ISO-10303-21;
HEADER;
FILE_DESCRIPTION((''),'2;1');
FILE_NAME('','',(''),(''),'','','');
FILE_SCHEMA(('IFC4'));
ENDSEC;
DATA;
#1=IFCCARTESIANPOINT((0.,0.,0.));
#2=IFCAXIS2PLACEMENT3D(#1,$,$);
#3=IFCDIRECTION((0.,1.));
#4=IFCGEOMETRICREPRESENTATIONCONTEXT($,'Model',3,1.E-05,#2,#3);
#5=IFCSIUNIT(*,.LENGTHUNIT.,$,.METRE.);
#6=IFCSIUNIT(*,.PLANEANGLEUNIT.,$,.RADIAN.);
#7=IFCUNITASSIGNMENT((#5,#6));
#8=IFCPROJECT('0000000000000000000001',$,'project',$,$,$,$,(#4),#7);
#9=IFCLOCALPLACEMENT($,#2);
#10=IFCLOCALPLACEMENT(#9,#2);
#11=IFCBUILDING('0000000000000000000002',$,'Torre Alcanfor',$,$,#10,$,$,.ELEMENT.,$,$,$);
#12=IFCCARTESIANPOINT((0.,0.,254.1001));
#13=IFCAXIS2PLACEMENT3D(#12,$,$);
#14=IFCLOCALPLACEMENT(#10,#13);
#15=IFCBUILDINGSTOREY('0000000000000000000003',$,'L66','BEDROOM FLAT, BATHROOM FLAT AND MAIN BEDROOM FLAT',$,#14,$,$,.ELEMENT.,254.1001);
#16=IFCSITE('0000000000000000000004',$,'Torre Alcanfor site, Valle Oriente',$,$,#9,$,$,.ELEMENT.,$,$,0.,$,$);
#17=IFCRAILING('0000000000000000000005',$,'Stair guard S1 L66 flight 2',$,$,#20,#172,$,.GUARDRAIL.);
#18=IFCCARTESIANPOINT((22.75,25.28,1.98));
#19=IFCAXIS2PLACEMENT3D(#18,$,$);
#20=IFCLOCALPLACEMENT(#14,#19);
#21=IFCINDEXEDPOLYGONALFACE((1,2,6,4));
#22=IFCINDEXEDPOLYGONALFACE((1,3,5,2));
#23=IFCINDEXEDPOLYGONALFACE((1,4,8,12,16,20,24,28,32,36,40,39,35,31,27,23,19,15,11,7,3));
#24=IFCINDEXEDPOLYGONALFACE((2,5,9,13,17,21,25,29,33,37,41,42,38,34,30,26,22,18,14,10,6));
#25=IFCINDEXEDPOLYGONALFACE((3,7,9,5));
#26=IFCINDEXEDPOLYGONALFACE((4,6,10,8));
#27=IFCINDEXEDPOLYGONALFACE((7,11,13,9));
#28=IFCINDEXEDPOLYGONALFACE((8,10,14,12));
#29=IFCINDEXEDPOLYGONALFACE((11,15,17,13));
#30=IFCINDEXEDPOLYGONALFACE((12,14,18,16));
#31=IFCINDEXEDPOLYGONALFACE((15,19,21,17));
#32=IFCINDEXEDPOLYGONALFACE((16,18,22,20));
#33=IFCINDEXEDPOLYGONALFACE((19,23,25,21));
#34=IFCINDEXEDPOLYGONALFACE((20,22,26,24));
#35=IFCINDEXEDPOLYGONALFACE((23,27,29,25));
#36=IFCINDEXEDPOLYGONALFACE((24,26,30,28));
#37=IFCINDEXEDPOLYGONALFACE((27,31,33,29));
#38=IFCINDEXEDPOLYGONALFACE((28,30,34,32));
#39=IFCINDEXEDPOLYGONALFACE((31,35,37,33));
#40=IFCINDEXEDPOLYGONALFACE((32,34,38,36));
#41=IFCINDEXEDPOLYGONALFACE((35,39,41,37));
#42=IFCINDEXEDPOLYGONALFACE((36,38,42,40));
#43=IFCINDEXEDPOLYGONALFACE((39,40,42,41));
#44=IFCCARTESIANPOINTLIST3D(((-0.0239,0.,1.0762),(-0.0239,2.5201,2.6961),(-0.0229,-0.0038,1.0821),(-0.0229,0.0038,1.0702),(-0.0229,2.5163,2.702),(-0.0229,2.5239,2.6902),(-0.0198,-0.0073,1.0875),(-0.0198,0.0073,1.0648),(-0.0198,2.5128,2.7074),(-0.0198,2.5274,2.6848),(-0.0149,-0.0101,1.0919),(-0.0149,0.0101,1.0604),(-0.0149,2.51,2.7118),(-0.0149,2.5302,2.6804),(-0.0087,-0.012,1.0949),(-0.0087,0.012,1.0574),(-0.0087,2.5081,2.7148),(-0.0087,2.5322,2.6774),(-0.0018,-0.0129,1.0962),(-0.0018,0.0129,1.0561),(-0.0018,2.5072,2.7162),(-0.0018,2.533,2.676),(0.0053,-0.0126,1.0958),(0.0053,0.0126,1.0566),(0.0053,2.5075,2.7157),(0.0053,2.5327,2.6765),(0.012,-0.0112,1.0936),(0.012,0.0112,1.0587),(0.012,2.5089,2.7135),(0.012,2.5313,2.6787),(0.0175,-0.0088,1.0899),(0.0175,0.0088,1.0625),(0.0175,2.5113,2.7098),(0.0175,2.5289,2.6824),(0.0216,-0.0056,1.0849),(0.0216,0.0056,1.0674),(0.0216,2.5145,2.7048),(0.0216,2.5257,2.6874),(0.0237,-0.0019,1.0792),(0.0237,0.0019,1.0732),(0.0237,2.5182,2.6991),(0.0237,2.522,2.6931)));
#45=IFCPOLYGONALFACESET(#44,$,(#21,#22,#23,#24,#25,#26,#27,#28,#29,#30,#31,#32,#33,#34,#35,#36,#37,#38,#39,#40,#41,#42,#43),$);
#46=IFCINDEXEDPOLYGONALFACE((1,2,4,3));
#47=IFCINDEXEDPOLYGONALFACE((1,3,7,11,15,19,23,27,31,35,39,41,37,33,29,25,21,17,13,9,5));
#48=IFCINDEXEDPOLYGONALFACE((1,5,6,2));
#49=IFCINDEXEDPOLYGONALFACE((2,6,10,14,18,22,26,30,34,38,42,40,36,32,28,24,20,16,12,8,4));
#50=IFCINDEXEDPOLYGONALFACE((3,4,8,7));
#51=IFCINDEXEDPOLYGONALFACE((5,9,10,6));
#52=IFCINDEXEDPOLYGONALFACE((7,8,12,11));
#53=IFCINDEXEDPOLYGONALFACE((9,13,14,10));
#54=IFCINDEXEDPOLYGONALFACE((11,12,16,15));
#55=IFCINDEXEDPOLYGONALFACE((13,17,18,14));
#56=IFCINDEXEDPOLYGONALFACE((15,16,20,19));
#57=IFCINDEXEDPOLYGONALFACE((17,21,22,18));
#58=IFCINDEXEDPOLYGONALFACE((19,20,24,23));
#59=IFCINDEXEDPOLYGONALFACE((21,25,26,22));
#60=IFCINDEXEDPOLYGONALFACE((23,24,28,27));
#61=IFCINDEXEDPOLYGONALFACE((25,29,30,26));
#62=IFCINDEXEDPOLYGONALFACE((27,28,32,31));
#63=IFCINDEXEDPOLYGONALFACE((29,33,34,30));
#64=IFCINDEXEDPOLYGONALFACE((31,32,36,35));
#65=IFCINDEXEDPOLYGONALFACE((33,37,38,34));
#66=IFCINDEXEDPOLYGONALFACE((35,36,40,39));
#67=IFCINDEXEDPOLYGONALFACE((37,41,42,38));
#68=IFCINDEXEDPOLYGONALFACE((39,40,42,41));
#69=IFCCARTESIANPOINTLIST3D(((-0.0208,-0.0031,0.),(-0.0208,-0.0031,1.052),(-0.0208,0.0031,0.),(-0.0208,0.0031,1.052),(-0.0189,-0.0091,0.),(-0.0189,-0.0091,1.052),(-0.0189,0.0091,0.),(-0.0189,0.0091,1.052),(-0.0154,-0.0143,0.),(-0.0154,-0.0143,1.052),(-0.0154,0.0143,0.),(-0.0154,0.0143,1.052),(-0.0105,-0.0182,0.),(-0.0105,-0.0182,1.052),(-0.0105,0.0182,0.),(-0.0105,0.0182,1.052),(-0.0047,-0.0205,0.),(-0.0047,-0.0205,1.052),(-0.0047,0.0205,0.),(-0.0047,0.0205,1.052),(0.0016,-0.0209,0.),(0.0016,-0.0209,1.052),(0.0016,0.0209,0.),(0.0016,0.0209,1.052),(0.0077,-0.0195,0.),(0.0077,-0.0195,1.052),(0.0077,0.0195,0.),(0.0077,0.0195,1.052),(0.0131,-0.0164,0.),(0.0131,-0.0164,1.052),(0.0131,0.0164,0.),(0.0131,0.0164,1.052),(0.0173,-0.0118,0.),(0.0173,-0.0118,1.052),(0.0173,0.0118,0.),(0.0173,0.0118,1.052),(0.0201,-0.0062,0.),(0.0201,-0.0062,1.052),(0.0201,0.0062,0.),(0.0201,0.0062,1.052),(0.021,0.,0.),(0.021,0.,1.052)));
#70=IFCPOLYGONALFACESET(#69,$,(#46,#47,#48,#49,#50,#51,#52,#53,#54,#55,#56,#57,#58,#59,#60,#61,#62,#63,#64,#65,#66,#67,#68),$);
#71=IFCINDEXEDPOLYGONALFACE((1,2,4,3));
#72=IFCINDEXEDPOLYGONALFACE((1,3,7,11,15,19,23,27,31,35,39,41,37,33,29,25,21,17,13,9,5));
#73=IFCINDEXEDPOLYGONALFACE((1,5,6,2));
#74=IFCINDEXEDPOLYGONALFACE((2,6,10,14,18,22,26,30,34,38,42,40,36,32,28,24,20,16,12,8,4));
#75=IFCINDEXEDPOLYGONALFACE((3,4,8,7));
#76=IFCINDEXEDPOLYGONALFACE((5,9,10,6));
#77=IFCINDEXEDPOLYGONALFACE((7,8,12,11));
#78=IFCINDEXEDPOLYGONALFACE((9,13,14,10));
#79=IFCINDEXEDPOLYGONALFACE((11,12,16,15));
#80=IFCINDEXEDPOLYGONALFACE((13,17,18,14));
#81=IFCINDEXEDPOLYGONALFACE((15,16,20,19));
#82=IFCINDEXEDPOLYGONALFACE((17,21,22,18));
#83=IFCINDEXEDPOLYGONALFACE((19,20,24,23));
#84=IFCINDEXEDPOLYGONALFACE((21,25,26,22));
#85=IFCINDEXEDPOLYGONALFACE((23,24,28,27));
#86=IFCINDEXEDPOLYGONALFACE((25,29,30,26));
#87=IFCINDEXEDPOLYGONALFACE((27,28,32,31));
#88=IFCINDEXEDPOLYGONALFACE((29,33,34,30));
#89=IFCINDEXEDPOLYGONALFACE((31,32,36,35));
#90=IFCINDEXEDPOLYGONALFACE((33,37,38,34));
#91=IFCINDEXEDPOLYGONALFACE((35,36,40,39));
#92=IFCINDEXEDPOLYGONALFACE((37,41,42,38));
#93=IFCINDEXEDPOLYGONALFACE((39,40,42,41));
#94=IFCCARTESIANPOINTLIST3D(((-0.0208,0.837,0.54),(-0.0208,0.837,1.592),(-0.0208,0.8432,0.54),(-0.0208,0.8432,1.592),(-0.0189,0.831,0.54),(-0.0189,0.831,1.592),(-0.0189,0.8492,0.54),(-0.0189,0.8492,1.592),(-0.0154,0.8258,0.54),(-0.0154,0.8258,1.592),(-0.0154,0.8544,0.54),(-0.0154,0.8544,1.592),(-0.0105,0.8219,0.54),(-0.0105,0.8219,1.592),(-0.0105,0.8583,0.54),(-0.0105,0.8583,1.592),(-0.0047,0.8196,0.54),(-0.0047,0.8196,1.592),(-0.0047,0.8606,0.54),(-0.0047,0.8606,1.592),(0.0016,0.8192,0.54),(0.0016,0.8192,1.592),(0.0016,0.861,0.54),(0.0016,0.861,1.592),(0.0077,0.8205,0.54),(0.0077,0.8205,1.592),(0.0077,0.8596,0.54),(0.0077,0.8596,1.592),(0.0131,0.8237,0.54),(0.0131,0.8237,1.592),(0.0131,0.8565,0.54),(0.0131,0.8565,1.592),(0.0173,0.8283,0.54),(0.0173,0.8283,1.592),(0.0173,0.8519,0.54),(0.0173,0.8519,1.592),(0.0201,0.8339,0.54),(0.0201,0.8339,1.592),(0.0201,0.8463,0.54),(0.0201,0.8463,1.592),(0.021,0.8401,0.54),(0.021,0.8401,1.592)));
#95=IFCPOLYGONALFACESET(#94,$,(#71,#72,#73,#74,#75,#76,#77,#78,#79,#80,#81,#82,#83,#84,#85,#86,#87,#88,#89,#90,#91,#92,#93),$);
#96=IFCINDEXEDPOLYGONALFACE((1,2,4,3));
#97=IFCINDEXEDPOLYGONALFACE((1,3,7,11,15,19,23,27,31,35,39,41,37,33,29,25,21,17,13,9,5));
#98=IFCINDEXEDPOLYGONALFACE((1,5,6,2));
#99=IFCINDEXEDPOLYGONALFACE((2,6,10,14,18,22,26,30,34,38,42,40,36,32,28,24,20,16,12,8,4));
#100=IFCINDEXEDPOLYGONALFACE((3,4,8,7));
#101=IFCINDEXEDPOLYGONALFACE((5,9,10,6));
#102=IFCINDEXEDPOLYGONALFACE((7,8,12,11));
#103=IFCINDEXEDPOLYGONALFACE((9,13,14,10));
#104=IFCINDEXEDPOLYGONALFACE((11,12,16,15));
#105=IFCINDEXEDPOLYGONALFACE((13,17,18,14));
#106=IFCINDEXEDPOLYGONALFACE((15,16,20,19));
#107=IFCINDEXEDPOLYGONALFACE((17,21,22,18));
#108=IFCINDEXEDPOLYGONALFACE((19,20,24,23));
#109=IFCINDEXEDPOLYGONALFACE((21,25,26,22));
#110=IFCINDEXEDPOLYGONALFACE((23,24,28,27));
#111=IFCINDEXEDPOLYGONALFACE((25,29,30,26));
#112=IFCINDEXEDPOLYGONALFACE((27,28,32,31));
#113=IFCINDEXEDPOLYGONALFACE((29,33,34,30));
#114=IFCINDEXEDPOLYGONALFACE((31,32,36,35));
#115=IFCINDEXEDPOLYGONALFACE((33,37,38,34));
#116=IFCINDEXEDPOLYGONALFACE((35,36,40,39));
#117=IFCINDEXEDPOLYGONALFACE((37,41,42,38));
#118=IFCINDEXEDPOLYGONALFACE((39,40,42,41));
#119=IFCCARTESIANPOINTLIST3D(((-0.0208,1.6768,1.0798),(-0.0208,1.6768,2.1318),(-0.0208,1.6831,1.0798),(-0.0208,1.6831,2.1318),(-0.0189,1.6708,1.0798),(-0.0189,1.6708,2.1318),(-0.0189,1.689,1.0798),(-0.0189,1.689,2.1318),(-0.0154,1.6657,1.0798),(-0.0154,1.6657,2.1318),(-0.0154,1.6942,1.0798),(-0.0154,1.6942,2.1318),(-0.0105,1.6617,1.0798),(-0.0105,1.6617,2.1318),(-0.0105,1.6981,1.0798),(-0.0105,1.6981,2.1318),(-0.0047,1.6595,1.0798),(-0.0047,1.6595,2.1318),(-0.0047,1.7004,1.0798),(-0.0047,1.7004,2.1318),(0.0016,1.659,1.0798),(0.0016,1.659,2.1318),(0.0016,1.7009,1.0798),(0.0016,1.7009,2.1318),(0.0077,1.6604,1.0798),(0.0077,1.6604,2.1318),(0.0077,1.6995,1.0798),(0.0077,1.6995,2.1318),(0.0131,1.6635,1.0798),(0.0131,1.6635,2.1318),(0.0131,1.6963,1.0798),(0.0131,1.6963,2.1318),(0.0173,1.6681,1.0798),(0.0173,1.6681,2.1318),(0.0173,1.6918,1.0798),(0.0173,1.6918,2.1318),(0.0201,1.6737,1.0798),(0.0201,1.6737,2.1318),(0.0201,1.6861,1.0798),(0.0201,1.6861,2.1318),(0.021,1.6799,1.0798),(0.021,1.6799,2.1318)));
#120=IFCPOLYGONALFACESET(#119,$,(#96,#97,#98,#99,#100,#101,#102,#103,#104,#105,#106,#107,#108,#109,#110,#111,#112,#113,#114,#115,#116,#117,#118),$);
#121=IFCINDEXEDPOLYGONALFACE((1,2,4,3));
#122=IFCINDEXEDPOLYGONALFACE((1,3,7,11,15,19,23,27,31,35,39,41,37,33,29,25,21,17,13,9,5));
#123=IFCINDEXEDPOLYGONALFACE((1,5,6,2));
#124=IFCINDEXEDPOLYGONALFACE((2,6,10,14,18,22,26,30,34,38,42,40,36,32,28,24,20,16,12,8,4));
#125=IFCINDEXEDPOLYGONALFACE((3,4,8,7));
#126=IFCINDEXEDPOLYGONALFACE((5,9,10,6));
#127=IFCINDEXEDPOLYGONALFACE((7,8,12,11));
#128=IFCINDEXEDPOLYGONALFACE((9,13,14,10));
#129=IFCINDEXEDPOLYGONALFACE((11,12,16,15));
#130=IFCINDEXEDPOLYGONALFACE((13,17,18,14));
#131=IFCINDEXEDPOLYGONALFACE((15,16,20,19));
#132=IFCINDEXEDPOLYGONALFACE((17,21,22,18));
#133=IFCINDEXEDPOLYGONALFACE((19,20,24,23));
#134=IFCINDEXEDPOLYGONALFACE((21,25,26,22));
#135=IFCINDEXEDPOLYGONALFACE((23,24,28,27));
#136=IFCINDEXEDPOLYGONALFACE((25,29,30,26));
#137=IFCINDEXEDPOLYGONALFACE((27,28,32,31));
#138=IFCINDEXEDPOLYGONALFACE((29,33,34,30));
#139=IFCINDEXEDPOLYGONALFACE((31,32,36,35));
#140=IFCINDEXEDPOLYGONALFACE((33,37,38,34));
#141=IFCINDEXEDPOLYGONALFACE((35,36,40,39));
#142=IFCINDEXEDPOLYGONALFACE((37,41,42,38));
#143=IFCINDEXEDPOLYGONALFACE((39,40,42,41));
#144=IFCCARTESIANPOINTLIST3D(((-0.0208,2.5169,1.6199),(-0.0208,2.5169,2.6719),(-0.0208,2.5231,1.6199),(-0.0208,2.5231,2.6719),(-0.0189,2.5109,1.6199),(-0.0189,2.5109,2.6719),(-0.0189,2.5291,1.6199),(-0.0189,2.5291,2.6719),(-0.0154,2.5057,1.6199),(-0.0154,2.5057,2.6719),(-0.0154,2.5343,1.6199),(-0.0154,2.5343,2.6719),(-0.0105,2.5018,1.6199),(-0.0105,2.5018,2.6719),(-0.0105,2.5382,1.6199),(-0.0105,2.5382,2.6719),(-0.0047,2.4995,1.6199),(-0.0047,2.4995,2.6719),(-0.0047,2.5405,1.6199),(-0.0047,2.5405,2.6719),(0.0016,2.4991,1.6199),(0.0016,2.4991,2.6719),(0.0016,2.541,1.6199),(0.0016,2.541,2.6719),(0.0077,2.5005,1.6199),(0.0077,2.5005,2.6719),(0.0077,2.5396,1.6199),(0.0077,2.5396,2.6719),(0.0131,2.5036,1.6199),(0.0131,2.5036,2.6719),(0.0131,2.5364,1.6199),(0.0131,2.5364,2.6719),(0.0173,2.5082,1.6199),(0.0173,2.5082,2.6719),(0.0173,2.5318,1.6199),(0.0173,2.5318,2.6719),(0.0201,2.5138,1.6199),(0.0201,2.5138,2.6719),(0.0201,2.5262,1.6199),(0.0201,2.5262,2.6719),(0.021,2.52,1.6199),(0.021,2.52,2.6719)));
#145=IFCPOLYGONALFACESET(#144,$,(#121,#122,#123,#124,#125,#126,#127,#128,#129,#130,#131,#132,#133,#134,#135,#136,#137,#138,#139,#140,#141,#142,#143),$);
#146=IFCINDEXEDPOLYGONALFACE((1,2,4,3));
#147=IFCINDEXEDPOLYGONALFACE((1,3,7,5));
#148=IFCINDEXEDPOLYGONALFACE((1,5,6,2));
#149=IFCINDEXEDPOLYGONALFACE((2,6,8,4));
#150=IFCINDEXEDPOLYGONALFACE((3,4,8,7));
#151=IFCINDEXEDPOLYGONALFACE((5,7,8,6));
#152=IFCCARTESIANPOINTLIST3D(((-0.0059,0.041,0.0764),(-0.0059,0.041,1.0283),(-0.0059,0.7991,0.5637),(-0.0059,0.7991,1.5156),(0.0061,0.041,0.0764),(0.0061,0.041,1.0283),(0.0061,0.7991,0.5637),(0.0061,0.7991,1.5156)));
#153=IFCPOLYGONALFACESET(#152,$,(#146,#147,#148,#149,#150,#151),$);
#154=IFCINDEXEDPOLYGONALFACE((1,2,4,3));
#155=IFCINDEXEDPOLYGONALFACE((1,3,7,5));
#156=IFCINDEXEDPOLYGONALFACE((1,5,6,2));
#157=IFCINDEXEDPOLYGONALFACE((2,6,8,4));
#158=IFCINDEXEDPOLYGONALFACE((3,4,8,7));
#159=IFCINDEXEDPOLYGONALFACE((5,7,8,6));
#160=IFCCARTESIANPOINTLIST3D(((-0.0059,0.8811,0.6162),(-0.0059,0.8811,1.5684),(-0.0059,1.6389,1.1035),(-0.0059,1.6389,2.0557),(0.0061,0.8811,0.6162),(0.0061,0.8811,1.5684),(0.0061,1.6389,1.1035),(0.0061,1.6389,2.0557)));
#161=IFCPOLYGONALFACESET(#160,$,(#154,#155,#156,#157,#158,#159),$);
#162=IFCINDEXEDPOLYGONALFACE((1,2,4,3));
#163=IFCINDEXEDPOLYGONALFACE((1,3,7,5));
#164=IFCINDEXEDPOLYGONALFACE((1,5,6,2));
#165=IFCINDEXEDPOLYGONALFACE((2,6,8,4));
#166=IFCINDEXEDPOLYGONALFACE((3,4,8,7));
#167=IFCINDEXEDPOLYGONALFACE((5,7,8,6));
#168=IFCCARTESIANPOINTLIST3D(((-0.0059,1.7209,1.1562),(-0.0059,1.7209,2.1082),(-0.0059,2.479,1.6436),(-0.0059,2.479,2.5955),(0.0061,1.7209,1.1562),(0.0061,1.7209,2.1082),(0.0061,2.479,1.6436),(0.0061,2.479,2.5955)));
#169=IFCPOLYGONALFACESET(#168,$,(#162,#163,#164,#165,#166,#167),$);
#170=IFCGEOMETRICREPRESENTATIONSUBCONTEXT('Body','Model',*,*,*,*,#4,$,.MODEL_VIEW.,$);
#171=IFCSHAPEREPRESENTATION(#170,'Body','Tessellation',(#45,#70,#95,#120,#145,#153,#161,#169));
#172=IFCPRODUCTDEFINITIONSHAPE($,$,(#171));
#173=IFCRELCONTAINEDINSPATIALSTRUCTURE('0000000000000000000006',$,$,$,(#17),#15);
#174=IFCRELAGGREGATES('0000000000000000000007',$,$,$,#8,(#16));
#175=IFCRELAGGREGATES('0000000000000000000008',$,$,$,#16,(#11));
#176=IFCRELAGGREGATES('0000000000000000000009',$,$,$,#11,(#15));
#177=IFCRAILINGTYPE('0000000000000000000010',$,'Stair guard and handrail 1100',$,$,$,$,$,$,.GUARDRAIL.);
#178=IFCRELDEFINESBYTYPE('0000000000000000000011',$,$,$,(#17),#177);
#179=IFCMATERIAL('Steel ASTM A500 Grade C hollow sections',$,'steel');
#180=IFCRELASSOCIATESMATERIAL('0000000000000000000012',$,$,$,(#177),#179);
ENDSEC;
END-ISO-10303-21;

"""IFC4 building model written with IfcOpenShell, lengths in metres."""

from ifc_helpers import new_model, si_unit, direction, frame, origin, origin_2d, place, context, subcontext, project, spatial, polyline, circle, outline, extrude, material, type_object, element, save


model = new_model("IFC4")

# Units and contexts
model_context = context("Model", 3, precision=1e-05, world=origin(), true_north=direction((0.0, 1.0)))
body_context = subcontext(model_context, "Body", "Model", "MODEL_VIEW")
ifc_project = project(units=[si_unit("LENGTHUNIT", "METRE"), si_unit("PLANEANGLEUNIT", "RADIAN")], contexts=[model_context])

# Site, building, storey
site_placement = place(None, origin())
site = spatial("IfcSite", under=ifc_project, at=site_placement, Name="Torre Alcanfor site, Valle Oriente", CompositionType="ELEMENT", RefElevation=0.0)
building_placement = place(site_placement, origin())
building = spatial("IfcBuilding", under=site, at=building_placement, Name="Torre Alcanfor", CompositionType="ELEMENT")
storey_placement = place(building_placement, frame((0.0, 0.0, 254.1001)))
storey = spatial("IfcBuildingStorey", under=building, at=storey_placement, Name="L66", Description="BEDROOM FLAT, BATHROOM FLAT AND MAIN BEDROOM FLAT", CompositionType="ELEMENT", Elevation=254.1001)

# Railing
ifc_material_1 = material(Name="Steel ASTM A500 Grade C hollow sections", Category="steel")
railing_type_1 = type_object("IfcRailingType", Name="Stair guard and handrail 1100", PredefinedType="GUARDRAIL", material=ifc_material_1)
railing_1_placement = place(storey_placement, frame((22.75, 25.28, 1.98)))
element("IfcRailing", 1, at=railing_1_placement, inside=storey, type_object=railing_type_1, Name="Stair guard S1 L66 flight 2", PredefinedType="GUARDRAIL", context=body_context, shape_type="SweptSolid", body=[
    extrude(circle(Radius=0.0239, at=origin_2d()), frame((0.0, 0.0, 1.0762), z_axis=(0.0, 0.8412, 0.540725), x_axis=(-1.0, 0.0, 0.0)), (0.0, 0.0, 1.0), 2.9958),
    extrude(circle(Radius=0.021, at=origin_2d()), origin(), (0.0, 0.0, 1.0), 1.052),
    extrude(circle(Radius=0.021, at=origin_2d()), frame((0.0, 0.8401, 0.54)), (0.0, 0.0, 1.0), 1.052),
    extrude(circle(Radius=0.021, at=origin_2d()), frame((0.0, 1.6799, 1.0798)), (0.0, 0.0, 1.0), 1.052),
    extrude(circle(Radius=0.021, at=origin_2d()), frame((0.0, 2.52, 1.6199)), (0.0, 0.0, 1.0), 1.052),
    extrude(outline(polyline([(0.041, 0.0764), (0.7991, 0.5637), (0.7991, 1.5156), (0.041, 1.0283), (0.041, 0.0764)])), frame((-0.0059, 0.0, 0.0), z_axis=(1.0, 0.0, 0.0), x_axis=(0.0, 1.0, 0.0)), (0.0, 0.0, 1.0), 0.012),
    extrude(outline(polyline([(0.8811, 0.6162), (1.6389, 1.1035), (1.6389, 2.0557), (0.8811, 1.5684), (0.8811, 0.6162)])), frame((-0.0059, 0.0, 0.0), z_axis=(1.0, 0.0, 0.0), x_axis=(0.0, 1.0, 0.0)), (0.0, 0.0, 1.0), 0.012),
    extrude(outline(polyline([(1.7209, 1.1562), (2.479, 1.6436), (2.479, 2.5955), (1.7209, 2.1082), (1.7209, 1.1562)])), frame((-0.0059, 0.0, 0.0), z_axis=(1.0, 0.0, 0.0), x_axis=(0.0, 1.0, 0.0)), (0.0, 0.0, 1.0), 0.012),
])

save(model, "model.ifc")
